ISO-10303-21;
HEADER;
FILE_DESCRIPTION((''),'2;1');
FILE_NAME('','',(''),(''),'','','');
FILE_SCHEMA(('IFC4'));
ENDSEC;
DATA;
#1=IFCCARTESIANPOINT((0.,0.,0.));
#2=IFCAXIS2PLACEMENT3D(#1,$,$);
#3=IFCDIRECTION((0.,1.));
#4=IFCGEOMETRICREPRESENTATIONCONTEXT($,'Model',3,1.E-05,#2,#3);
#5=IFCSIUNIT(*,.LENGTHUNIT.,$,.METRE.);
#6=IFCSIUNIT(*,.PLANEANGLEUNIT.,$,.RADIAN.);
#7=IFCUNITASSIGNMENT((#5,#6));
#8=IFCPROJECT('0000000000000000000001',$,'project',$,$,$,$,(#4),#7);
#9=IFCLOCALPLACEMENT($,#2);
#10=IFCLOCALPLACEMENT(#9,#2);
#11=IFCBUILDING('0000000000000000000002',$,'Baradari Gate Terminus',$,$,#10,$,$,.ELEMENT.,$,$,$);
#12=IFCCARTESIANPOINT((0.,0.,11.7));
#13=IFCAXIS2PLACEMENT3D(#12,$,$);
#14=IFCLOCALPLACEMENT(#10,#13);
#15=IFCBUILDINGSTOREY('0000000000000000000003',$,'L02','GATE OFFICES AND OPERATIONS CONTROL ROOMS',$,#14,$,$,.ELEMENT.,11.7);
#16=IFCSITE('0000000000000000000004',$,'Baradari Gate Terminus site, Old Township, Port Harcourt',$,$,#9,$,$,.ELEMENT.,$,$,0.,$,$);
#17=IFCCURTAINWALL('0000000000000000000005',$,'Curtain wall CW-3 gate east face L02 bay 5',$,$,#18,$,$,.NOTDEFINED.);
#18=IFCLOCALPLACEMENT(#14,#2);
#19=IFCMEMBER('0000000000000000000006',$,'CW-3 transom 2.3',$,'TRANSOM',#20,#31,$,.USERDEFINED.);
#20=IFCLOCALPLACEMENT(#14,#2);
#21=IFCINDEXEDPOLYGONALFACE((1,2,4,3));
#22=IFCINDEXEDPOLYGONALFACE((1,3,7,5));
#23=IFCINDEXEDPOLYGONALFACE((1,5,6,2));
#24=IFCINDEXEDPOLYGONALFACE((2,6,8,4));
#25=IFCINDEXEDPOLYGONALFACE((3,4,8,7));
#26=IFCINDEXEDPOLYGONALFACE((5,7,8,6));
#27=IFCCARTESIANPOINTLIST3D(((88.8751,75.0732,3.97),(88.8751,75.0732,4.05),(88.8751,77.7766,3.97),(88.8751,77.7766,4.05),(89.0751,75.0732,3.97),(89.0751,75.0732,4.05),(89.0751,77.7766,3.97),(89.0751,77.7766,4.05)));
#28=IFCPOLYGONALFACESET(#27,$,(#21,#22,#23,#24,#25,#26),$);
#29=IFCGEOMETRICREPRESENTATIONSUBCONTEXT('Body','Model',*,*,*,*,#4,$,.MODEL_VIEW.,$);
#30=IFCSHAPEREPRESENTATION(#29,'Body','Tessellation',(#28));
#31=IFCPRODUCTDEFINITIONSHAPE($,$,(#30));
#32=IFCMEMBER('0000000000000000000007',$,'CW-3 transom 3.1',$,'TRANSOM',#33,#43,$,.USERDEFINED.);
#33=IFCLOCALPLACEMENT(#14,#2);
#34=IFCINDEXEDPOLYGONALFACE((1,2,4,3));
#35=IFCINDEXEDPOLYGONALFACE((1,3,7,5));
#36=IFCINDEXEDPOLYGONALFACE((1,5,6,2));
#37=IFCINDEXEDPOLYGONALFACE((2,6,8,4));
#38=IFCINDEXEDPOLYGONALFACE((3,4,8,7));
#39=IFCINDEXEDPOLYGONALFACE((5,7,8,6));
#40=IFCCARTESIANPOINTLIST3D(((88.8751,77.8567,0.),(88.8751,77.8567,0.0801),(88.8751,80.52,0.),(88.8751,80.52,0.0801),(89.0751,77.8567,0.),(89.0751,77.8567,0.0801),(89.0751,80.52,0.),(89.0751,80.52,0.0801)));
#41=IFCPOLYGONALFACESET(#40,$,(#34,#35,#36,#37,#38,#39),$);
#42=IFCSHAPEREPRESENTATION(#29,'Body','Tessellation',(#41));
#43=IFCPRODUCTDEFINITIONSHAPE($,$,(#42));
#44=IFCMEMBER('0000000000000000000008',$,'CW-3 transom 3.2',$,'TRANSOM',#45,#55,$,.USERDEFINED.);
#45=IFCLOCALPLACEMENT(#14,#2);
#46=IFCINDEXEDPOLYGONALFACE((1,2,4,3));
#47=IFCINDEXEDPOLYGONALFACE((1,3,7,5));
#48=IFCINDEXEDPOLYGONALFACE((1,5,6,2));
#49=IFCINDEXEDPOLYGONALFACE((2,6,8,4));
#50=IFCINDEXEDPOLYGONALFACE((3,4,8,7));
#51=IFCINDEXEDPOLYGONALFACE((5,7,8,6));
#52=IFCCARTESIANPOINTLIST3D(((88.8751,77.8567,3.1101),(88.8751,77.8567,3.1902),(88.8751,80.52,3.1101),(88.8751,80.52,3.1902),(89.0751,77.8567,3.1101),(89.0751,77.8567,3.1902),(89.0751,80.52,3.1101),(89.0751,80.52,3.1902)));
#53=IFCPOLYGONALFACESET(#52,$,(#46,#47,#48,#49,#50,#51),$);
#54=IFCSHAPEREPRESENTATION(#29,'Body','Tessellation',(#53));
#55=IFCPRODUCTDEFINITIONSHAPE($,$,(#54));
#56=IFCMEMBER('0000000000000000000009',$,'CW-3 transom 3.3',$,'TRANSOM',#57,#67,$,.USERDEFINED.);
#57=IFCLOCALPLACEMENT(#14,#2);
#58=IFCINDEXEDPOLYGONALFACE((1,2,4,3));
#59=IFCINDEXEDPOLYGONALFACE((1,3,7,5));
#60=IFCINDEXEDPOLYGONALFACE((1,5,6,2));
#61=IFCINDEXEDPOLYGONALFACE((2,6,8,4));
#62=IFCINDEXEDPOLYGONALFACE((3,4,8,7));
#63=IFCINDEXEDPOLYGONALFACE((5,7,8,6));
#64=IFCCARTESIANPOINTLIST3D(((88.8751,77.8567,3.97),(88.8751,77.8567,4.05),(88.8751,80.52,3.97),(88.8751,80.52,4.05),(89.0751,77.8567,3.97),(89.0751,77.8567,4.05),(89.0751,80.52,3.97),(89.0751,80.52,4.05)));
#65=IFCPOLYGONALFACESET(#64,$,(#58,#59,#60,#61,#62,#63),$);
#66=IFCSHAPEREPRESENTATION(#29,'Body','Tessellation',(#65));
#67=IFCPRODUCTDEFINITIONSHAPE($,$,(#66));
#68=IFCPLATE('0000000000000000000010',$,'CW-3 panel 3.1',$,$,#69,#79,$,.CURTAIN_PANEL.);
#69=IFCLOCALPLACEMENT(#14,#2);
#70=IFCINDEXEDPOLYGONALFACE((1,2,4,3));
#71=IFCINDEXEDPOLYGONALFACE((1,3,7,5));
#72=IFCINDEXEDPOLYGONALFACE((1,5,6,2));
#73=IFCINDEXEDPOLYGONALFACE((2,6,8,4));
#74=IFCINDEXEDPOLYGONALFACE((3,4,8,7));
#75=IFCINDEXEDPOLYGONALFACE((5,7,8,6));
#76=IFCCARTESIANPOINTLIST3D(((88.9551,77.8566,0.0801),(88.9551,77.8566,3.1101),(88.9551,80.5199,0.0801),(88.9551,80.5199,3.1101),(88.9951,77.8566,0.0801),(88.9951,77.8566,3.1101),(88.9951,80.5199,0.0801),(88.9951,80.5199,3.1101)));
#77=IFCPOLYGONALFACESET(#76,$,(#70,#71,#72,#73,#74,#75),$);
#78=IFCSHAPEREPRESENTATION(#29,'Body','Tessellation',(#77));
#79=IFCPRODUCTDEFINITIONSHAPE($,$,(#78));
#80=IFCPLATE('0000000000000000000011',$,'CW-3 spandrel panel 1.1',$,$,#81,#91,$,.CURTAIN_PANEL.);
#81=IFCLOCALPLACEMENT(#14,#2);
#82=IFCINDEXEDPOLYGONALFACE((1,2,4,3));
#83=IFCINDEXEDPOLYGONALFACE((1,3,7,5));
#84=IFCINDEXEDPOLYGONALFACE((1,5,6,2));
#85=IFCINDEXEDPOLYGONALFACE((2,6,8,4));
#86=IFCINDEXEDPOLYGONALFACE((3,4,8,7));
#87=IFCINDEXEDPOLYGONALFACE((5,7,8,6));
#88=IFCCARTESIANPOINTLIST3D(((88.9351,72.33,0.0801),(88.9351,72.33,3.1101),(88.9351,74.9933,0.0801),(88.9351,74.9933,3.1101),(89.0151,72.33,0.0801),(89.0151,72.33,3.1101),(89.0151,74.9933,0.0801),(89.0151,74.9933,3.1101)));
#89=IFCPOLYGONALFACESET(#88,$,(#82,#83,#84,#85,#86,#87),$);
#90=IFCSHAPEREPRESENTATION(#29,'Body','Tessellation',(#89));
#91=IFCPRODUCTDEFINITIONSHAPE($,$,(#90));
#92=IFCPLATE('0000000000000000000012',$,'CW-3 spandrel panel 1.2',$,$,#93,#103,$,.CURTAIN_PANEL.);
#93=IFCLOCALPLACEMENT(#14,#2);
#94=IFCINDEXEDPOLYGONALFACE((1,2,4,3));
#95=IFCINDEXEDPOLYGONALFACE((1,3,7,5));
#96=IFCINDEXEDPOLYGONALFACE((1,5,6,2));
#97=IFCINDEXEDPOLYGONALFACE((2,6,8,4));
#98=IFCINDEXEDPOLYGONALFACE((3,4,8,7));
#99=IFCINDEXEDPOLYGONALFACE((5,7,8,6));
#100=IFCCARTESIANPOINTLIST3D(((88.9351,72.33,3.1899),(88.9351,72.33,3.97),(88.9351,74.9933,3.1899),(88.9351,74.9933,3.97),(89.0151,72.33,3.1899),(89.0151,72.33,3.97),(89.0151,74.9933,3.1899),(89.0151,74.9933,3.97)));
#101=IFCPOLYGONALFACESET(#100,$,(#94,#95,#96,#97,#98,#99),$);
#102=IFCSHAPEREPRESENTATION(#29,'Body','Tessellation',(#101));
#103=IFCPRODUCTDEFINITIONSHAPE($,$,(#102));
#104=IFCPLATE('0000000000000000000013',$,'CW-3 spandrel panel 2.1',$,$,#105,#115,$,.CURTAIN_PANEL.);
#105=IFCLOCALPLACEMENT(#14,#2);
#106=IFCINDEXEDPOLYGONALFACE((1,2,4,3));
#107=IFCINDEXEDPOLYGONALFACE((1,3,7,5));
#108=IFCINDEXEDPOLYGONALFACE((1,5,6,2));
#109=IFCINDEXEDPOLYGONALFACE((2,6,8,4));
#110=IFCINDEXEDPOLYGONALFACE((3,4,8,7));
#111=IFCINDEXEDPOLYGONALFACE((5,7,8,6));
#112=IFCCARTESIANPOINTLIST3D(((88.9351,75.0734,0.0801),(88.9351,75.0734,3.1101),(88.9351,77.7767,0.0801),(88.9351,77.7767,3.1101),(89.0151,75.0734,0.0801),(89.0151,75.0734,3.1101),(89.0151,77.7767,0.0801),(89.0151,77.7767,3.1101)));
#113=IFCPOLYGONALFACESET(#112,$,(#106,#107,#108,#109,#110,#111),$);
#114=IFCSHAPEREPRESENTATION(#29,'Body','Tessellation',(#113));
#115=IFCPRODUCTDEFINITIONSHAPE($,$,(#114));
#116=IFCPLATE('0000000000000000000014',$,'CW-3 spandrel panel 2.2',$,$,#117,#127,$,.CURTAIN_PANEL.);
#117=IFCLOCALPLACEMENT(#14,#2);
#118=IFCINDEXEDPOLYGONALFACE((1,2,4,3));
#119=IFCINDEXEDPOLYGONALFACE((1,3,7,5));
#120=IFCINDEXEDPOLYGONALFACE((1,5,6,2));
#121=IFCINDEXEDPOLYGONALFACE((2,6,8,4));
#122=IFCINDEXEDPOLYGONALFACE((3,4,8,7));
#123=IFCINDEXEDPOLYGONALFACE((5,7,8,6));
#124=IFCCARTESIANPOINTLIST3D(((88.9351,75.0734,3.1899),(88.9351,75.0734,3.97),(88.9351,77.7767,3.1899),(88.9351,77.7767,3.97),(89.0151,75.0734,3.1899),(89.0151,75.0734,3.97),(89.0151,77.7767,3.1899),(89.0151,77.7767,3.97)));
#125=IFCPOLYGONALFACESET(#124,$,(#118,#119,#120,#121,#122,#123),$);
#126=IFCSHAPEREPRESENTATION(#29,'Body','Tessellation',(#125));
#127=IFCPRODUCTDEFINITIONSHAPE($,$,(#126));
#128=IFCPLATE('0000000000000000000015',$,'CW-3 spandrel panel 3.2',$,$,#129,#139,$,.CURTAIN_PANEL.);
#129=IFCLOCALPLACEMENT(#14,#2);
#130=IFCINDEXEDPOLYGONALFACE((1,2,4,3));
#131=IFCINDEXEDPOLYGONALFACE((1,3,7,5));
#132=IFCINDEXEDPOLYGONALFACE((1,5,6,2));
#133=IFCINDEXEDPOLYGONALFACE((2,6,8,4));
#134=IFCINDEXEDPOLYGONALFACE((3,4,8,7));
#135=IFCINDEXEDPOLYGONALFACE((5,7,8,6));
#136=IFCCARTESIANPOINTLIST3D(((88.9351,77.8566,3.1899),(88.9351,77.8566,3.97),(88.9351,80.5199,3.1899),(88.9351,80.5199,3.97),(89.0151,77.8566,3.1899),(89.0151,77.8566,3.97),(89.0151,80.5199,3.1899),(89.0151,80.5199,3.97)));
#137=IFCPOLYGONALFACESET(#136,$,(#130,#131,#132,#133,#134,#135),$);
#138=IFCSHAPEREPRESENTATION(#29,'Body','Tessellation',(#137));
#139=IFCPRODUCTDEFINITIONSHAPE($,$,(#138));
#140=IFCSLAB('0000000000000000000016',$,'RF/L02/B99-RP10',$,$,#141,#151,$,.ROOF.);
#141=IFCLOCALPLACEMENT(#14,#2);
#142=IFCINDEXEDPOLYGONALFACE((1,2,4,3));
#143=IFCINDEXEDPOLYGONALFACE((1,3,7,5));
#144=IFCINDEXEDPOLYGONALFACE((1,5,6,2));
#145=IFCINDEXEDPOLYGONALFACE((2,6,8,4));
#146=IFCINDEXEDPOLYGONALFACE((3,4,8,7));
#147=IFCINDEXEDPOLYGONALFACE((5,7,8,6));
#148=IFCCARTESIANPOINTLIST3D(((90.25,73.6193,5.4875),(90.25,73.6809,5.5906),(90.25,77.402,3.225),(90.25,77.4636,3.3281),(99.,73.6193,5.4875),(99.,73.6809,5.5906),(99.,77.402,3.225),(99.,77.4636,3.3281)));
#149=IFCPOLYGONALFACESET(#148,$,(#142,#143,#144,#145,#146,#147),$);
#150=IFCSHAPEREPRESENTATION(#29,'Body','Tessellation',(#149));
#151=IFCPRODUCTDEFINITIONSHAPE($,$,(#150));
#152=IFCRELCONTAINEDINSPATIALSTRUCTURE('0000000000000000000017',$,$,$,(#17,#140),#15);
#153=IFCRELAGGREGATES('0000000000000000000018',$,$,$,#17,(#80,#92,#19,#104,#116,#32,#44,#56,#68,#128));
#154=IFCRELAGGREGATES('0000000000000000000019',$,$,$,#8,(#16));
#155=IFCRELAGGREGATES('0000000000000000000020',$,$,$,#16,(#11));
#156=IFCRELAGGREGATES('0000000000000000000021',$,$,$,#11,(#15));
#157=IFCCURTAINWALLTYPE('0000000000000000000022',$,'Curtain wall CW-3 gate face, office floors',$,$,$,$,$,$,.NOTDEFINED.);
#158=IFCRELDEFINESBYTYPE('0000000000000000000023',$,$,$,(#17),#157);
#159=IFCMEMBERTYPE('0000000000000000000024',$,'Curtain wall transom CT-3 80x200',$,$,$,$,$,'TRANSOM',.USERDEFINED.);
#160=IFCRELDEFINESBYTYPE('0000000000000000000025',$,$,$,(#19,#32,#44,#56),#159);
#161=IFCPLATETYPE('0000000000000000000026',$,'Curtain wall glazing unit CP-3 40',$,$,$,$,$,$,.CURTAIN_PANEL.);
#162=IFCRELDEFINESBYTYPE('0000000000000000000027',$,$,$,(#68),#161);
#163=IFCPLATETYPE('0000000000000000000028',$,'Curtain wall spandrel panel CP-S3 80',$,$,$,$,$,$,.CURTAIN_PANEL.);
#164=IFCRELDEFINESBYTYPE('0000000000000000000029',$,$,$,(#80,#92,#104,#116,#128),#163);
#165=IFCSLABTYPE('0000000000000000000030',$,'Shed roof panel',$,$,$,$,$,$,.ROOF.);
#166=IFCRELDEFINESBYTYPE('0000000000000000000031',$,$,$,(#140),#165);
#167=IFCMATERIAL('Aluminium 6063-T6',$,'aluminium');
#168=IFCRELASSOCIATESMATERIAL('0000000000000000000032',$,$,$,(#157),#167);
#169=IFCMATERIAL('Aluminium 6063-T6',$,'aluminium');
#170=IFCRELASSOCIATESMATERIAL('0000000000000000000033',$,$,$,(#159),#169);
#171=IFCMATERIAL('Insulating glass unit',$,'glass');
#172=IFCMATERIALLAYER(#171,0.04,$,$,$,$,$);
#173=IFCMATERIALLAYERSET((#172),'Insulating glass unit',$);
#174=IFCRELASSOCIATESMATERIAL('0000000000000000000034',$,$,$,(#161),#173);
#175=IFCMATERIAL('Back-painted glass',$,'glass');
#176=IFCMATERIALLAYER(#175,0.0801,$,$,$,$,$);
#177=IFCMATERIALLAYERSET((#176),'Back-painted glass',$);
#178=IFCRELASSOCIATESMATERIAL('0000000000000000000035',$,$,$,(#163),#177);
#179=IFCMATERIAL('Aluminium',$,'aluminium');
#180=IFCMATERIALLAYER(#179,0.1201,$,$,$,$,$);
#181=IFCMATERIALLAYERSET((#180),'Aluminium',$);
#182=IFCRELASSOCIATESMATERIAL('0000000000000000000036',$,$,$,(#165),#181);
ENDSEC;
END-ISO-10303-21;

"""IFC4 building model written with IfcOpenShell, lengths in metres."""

from ifc_helpers import new_model, si_unit, direction, frame, origin, origin_2d, place, context, subcontext, project, spatial, polyline, rectangle, outline, extrude, material, layer, layer_set, material_profile, profile_set, type_object, element, aggregate, save


model = new_model("IFC4")

# Units and contexts
model_context = context("Model", 3, precision=1e-05, world=origin(), true_north=direction((0.0, 1.0)))
body_context = subcontext(model_context, "Body", "Model", "MODEL_VIEW")
ifc_project = project(units=[si_unit("LENGTHUNIT", "METRE"), si_unit("PLANEANGLEUNIT", "RADIAN")], contexts=[model_context])

# Site, building, storey
site_placement = place(None, origin())
site = spatial("IfcSite", under=ifc_project, at=site_placement, Name="Baradari Gate Terminus site, Old Township, Port Harcourt", CompositionType="ELEMENT", RefElevation=0.0)
building_placement = place(site_placement, origin())
building = spatial("IfcBuilding", under=site, at=building_placement, Name="Baradari Gate Terminus", CompositionType="ELEMENT")
storey_placement = place(building_placement, frame((0.0, 0.0, 11.7)))
storey = spatial("IfcBuildingStorey", under=building, at=storey_placement, Name="L02", Description="GATE OFFICES AND OPERATIONS CONTROL ROOMS", CompositionType="ELEMENT", Elevation=11.7)

# Curtain wall, members, plates
ifc_material_1 = material(Name="Aluminium 6063-T6", Category="aluminium")
curtain_wall_type = type_object("IfcCurtainWallType", Name="Curtain wall CW-3 gate face, office floors", PredefinedType="NOTDEFINED", material=ifc_material_1)
curtain_wall_placement = place(storey_placement, origin())
curtain_wall = element("IfcCurtainWall", 1, at=curtain_wall_placement, inside=storey, type_object=curtain_wall_type, Name="Curtain wall CW-3 gate east face L02 bay 5", PredefinedType="NOTDEFINED")
ifc_material_2 = material(Name="Aluminium 6063-T6", Category="aluminium")
ifc_material_profile_1 = material_profile(ifc_material_2, rectangle(XDim=0.2, YDim=0.0801, at=origin_2d()), Name="CT-3 80X200")
ifc_profile_set_1 = profile_set([ifc_material_profile_1], Name="Aluminium 6063-T6")
member_type_1 = type_object("IfcMemberType", Name="Curtain wall transom CT-3 80x200", ElementType="TRANSOM", PredefinedType="USERDEFINED", material=ifc_profile_set_1)
member_1_placement = place(storey_placement, frame((88.9751, 75.0732, 4.01), z_axis=(0.0, 1.0, 0.0), x_axis=(-1.0, 0.0, 0.0)))
member_1 = element("IfcMember", 2, at=member_1_placement, type_object=member_type_1, Name="CW-3 transom 2.3", ObjectType="TRANSOM", PredefinedType="USERDEFINED", context=body_context, shape_type="SweptSolid", body=[
    extrude(rectangle(XDim=0.2, YDim=0.0801, at=origin_2d()), origin(), (0.0, 0.0, 1.0), 2.7034),
])
member_2_placement = place(storey_placement, frame((88.9751, 77.8567, 0.04), z_axis=(0.0, 1.0, 0.0), x_axis=(-1.0, 0.0, 0.0)))
member_2 = element("IfcMember", 3, at=member_2_placement, type_object=member_type_1, Name="CW-3 transom 3.1", ObjectType="TRANSOM", PredefinedType="USERDEFINED", context=body_context, shape_type="SweptSolid", body=[
    extrude(rectangle(XDim=0.2, YDim=0.0801, at=origin_2d()), origin(), (0.0, 0.0, 1.0), 2.6633),
])
member_3_placement = place(storey_placement, frame((88.9751, 77.8567, 3.1501), z_axis=(0.0, 1.0, 0.0), x_axis=(-1.0, 0.0, 0.0)))
member_3 = element("IfcMember", 4, at=member_3_placement, type_object=member_type_1, Name="CW-3 transom 3.2", ObjectType="TRANSOM", PredefinedType="USERDEFINED", context=body_context, shape_type="SweptSolid", body=[
    extrude(rectangle(XDim=0.2, YDim=0.0801, at=origin_2d()), origin(), (0.0, 0.0, 1.0), 2.6633),
])
member_4_placement = place(storey_placement, frame((88.9751, 77.8567, 4.01), z_axis=(0.0, 1.0, 0.0), x_axis=(-1.0, 0.0, 0.0)))
member_4 = element("IfcMember", 5, at=member_4_placement, type_object=member_type_1, Name="CW-3 transom 3.3", ObjectType="TRANSOM", PredefinedType="USERDEFINED", context=body_context, shape_type="SweptSolid", body=[
    extrude(rectangle(XDim=0.2, YDim=0.0801, at=origin_2d()), origin(), (0.0, 0.0, 1.0), 2.6633),
])
ifc_material_3 = material(Name="Insulating glass unit", Category="glass")
ifc_layer_1 = layer(ifc_material_3, 0.04)
ifc_layer_set_1 = layer_set([ifc_layer_1], Name="Insulating glass unit")
plate_type_1 = type_object("IfcPlateType", Name="Curtain wall glazing unit CP-3 40", PredefinedType="CURTAIN_PANEL", material=ifc_layer_set_1)
plate_1_placement = place(storey_placement, frame((88.9751, 79.1882, 0.0801), z_axis=(0.0, 0.0, 1.0), x_axis=(0.0, 1.0, 0.0)))
plate_1 = element("IfcPlate", 6, at=plate_1_placement, type_object=plate_type_1, Name="CW-3 panel 3.1", PredefinedType="CURTAIN_PANEL", context=body_context, shape_type="SweptSolid", body=[
    extrude(rectangle(XDim=2.6633, YDim=0.04, at=origin_2d()), origin(), (0.0, 0.0, 1.0), 3.03),
])
ifc_material_4 = material(Name="Back-painted glass", Category="glass")
ifc_layer_2 = layer(ifc_material_4, 0.0801)
ifc_layer_set_2 = layer_set([ifc_layer_2], Name="Back-painted glass")
plate_type_2 = type_object("IfcPlateType", Name="Curtain wall spandrel panel CP-S3 80", PredefinedType="CURTAIN_PANEL", material=ifc_layer_set_2)
plate_2_placement = place(storey_placement, frame((88.9751, 73.6616, 0.0801), z_axis=(0.0, 0.0, 1.0), x_axis=(0.0, 1.0, 0.0)))
plate_2 = element("IfcPlate", 7, at=plate_2_placement, type_object=plate_type_2, Name="CW-3 spandrel panel 1.1", PredefinedType="CURTAIN_PANEL", context=body_context, shape_type="SweptSolid", body=[
    extrude(rectangle(XDim=2.6633, YDim=0.0801, at=origin_2d()), origin(), (0.0, 0.0, 1.0), 3.03),
])
plate_3_placement = place(storey_placement, frame((88.9751, 73.6616, 3.1899), z_axis=(0.0, 0.0, 1.0), x_axis=(0.0, 1.0, 0.0)))
plate_3 = element("IfcPlate", 8, at=plate_3_placement, type_object=plate_type_2, Name="CW-3 spandrel panel 1.2", PredefinedType="CURTAIN_PANEL", context=body_context, shape_type="SweptSolid", body=[
    extrude(rectangle(XDim=2.6633, YDim=0.0801, at=origin_2d()), origin(), (0.0, 0.0, 1.0), 0.78),
])
plate_4_placement = place(storey_placement, frame((88.9751, 76.425, 0.0801), z_axis=(0.0, 0.0, 1.0), x_axis=(0.0, 1.0, 0.0)))
plate_4 = element("IfcPlate", 9, at=plate_4_placement, type_object=plate_type_2, Name="CW-3 spandrel panel 2.1", PredefinedType="CURTAIN_PANEL", context=body_context, shape_type="SweptSolid", body=[
    extrude(rectangle(XDim=2.7034, YDim=0.0801, at=origin_2d()), origin(), (0.0, 0.0, 1.0), 3.03),
])
plate_5_placement = place(storey_placement, frame((88.9751, 76.425, 3.1899), z_axis=(0.0, 0.0, 1.0), x_axis=(0.0, 1.0, 0.0)))
plate_5 = element("IfcPlate", 10, at=plate_5_placement, type_object=plate_type_2, Name="CW-3 spandrel panel 2.2", PredefinedType="CURTAIN_PANEL", context=body_context, shape_type="SweptSolid", body=[
    extrude(rectangle(XDim=2.7034, YDim=0.0801, at=origin_2d()), origin(), (0.0, 0.0, 1.0), 0.78),
])
plate_6_placement = place(storey_placement, frame((88.9751, 79.1882, 3.1899), z_axis=(0.0, 0.0, 1.0), x_axis=(0.0, 1.0, 0.0)))
plate_6 = element("IfcPlate", 11, at=plate_6_placement, type_object=plate_type_2, Name="CW-3 spandrel panel 3.2", PredefinedType="CURTAIN_PANEL", context=body_context, shape_type="SweptSolid", body=[
    extrude(rectangle(XDim=2.6633, YDim=0.0801, at=origin_2d()), origin(), (0.0, 0.0, 1.0), 0.78),
])
aggregate(curtain_wall, [plate_2, plate_3, member_1, plate_4, plate_5, member_2, member_3, member_4, plate_1, plate_6])

# Slab
ifc_material_5 = material(Name="Aluminium", Category="aluminium")
ifc_layer_3 = layer(ifc_material_5, 0.1201)
ifc_layer_set_3 = layer_set([ifc_layer_3], Name="Aluminium")
slab_type = type_object("IfcSlabType", Name="Shed roof panel", PredefinedType="ROOF", material=ifc_layer_set_3)
slab_placement = place(storey_placement, frame((90.25, 73.6809, 5.5906), z_axis=(0.0, 0.513298, 0.858211), x_axis=(1.0, 0.0, 0.0)))
element("IfcSlab", 12, at=slab_placement, inside=storey, type_object=slab_type, Name="RF/L02/B99-RP10", PredefinedType="ROOF", context=body_context, shape_type="SweptSolid", body=[
    extrude(outline(polyline([(0.0, 0.0), (8.75, 0.0), (8.75, 4.4077), (0.0, 4.4077), (0.0, 0.0)])), origin(), (0.0, 0.0, -1.0), 0.1201),
])

save(model, "model.ifc")
